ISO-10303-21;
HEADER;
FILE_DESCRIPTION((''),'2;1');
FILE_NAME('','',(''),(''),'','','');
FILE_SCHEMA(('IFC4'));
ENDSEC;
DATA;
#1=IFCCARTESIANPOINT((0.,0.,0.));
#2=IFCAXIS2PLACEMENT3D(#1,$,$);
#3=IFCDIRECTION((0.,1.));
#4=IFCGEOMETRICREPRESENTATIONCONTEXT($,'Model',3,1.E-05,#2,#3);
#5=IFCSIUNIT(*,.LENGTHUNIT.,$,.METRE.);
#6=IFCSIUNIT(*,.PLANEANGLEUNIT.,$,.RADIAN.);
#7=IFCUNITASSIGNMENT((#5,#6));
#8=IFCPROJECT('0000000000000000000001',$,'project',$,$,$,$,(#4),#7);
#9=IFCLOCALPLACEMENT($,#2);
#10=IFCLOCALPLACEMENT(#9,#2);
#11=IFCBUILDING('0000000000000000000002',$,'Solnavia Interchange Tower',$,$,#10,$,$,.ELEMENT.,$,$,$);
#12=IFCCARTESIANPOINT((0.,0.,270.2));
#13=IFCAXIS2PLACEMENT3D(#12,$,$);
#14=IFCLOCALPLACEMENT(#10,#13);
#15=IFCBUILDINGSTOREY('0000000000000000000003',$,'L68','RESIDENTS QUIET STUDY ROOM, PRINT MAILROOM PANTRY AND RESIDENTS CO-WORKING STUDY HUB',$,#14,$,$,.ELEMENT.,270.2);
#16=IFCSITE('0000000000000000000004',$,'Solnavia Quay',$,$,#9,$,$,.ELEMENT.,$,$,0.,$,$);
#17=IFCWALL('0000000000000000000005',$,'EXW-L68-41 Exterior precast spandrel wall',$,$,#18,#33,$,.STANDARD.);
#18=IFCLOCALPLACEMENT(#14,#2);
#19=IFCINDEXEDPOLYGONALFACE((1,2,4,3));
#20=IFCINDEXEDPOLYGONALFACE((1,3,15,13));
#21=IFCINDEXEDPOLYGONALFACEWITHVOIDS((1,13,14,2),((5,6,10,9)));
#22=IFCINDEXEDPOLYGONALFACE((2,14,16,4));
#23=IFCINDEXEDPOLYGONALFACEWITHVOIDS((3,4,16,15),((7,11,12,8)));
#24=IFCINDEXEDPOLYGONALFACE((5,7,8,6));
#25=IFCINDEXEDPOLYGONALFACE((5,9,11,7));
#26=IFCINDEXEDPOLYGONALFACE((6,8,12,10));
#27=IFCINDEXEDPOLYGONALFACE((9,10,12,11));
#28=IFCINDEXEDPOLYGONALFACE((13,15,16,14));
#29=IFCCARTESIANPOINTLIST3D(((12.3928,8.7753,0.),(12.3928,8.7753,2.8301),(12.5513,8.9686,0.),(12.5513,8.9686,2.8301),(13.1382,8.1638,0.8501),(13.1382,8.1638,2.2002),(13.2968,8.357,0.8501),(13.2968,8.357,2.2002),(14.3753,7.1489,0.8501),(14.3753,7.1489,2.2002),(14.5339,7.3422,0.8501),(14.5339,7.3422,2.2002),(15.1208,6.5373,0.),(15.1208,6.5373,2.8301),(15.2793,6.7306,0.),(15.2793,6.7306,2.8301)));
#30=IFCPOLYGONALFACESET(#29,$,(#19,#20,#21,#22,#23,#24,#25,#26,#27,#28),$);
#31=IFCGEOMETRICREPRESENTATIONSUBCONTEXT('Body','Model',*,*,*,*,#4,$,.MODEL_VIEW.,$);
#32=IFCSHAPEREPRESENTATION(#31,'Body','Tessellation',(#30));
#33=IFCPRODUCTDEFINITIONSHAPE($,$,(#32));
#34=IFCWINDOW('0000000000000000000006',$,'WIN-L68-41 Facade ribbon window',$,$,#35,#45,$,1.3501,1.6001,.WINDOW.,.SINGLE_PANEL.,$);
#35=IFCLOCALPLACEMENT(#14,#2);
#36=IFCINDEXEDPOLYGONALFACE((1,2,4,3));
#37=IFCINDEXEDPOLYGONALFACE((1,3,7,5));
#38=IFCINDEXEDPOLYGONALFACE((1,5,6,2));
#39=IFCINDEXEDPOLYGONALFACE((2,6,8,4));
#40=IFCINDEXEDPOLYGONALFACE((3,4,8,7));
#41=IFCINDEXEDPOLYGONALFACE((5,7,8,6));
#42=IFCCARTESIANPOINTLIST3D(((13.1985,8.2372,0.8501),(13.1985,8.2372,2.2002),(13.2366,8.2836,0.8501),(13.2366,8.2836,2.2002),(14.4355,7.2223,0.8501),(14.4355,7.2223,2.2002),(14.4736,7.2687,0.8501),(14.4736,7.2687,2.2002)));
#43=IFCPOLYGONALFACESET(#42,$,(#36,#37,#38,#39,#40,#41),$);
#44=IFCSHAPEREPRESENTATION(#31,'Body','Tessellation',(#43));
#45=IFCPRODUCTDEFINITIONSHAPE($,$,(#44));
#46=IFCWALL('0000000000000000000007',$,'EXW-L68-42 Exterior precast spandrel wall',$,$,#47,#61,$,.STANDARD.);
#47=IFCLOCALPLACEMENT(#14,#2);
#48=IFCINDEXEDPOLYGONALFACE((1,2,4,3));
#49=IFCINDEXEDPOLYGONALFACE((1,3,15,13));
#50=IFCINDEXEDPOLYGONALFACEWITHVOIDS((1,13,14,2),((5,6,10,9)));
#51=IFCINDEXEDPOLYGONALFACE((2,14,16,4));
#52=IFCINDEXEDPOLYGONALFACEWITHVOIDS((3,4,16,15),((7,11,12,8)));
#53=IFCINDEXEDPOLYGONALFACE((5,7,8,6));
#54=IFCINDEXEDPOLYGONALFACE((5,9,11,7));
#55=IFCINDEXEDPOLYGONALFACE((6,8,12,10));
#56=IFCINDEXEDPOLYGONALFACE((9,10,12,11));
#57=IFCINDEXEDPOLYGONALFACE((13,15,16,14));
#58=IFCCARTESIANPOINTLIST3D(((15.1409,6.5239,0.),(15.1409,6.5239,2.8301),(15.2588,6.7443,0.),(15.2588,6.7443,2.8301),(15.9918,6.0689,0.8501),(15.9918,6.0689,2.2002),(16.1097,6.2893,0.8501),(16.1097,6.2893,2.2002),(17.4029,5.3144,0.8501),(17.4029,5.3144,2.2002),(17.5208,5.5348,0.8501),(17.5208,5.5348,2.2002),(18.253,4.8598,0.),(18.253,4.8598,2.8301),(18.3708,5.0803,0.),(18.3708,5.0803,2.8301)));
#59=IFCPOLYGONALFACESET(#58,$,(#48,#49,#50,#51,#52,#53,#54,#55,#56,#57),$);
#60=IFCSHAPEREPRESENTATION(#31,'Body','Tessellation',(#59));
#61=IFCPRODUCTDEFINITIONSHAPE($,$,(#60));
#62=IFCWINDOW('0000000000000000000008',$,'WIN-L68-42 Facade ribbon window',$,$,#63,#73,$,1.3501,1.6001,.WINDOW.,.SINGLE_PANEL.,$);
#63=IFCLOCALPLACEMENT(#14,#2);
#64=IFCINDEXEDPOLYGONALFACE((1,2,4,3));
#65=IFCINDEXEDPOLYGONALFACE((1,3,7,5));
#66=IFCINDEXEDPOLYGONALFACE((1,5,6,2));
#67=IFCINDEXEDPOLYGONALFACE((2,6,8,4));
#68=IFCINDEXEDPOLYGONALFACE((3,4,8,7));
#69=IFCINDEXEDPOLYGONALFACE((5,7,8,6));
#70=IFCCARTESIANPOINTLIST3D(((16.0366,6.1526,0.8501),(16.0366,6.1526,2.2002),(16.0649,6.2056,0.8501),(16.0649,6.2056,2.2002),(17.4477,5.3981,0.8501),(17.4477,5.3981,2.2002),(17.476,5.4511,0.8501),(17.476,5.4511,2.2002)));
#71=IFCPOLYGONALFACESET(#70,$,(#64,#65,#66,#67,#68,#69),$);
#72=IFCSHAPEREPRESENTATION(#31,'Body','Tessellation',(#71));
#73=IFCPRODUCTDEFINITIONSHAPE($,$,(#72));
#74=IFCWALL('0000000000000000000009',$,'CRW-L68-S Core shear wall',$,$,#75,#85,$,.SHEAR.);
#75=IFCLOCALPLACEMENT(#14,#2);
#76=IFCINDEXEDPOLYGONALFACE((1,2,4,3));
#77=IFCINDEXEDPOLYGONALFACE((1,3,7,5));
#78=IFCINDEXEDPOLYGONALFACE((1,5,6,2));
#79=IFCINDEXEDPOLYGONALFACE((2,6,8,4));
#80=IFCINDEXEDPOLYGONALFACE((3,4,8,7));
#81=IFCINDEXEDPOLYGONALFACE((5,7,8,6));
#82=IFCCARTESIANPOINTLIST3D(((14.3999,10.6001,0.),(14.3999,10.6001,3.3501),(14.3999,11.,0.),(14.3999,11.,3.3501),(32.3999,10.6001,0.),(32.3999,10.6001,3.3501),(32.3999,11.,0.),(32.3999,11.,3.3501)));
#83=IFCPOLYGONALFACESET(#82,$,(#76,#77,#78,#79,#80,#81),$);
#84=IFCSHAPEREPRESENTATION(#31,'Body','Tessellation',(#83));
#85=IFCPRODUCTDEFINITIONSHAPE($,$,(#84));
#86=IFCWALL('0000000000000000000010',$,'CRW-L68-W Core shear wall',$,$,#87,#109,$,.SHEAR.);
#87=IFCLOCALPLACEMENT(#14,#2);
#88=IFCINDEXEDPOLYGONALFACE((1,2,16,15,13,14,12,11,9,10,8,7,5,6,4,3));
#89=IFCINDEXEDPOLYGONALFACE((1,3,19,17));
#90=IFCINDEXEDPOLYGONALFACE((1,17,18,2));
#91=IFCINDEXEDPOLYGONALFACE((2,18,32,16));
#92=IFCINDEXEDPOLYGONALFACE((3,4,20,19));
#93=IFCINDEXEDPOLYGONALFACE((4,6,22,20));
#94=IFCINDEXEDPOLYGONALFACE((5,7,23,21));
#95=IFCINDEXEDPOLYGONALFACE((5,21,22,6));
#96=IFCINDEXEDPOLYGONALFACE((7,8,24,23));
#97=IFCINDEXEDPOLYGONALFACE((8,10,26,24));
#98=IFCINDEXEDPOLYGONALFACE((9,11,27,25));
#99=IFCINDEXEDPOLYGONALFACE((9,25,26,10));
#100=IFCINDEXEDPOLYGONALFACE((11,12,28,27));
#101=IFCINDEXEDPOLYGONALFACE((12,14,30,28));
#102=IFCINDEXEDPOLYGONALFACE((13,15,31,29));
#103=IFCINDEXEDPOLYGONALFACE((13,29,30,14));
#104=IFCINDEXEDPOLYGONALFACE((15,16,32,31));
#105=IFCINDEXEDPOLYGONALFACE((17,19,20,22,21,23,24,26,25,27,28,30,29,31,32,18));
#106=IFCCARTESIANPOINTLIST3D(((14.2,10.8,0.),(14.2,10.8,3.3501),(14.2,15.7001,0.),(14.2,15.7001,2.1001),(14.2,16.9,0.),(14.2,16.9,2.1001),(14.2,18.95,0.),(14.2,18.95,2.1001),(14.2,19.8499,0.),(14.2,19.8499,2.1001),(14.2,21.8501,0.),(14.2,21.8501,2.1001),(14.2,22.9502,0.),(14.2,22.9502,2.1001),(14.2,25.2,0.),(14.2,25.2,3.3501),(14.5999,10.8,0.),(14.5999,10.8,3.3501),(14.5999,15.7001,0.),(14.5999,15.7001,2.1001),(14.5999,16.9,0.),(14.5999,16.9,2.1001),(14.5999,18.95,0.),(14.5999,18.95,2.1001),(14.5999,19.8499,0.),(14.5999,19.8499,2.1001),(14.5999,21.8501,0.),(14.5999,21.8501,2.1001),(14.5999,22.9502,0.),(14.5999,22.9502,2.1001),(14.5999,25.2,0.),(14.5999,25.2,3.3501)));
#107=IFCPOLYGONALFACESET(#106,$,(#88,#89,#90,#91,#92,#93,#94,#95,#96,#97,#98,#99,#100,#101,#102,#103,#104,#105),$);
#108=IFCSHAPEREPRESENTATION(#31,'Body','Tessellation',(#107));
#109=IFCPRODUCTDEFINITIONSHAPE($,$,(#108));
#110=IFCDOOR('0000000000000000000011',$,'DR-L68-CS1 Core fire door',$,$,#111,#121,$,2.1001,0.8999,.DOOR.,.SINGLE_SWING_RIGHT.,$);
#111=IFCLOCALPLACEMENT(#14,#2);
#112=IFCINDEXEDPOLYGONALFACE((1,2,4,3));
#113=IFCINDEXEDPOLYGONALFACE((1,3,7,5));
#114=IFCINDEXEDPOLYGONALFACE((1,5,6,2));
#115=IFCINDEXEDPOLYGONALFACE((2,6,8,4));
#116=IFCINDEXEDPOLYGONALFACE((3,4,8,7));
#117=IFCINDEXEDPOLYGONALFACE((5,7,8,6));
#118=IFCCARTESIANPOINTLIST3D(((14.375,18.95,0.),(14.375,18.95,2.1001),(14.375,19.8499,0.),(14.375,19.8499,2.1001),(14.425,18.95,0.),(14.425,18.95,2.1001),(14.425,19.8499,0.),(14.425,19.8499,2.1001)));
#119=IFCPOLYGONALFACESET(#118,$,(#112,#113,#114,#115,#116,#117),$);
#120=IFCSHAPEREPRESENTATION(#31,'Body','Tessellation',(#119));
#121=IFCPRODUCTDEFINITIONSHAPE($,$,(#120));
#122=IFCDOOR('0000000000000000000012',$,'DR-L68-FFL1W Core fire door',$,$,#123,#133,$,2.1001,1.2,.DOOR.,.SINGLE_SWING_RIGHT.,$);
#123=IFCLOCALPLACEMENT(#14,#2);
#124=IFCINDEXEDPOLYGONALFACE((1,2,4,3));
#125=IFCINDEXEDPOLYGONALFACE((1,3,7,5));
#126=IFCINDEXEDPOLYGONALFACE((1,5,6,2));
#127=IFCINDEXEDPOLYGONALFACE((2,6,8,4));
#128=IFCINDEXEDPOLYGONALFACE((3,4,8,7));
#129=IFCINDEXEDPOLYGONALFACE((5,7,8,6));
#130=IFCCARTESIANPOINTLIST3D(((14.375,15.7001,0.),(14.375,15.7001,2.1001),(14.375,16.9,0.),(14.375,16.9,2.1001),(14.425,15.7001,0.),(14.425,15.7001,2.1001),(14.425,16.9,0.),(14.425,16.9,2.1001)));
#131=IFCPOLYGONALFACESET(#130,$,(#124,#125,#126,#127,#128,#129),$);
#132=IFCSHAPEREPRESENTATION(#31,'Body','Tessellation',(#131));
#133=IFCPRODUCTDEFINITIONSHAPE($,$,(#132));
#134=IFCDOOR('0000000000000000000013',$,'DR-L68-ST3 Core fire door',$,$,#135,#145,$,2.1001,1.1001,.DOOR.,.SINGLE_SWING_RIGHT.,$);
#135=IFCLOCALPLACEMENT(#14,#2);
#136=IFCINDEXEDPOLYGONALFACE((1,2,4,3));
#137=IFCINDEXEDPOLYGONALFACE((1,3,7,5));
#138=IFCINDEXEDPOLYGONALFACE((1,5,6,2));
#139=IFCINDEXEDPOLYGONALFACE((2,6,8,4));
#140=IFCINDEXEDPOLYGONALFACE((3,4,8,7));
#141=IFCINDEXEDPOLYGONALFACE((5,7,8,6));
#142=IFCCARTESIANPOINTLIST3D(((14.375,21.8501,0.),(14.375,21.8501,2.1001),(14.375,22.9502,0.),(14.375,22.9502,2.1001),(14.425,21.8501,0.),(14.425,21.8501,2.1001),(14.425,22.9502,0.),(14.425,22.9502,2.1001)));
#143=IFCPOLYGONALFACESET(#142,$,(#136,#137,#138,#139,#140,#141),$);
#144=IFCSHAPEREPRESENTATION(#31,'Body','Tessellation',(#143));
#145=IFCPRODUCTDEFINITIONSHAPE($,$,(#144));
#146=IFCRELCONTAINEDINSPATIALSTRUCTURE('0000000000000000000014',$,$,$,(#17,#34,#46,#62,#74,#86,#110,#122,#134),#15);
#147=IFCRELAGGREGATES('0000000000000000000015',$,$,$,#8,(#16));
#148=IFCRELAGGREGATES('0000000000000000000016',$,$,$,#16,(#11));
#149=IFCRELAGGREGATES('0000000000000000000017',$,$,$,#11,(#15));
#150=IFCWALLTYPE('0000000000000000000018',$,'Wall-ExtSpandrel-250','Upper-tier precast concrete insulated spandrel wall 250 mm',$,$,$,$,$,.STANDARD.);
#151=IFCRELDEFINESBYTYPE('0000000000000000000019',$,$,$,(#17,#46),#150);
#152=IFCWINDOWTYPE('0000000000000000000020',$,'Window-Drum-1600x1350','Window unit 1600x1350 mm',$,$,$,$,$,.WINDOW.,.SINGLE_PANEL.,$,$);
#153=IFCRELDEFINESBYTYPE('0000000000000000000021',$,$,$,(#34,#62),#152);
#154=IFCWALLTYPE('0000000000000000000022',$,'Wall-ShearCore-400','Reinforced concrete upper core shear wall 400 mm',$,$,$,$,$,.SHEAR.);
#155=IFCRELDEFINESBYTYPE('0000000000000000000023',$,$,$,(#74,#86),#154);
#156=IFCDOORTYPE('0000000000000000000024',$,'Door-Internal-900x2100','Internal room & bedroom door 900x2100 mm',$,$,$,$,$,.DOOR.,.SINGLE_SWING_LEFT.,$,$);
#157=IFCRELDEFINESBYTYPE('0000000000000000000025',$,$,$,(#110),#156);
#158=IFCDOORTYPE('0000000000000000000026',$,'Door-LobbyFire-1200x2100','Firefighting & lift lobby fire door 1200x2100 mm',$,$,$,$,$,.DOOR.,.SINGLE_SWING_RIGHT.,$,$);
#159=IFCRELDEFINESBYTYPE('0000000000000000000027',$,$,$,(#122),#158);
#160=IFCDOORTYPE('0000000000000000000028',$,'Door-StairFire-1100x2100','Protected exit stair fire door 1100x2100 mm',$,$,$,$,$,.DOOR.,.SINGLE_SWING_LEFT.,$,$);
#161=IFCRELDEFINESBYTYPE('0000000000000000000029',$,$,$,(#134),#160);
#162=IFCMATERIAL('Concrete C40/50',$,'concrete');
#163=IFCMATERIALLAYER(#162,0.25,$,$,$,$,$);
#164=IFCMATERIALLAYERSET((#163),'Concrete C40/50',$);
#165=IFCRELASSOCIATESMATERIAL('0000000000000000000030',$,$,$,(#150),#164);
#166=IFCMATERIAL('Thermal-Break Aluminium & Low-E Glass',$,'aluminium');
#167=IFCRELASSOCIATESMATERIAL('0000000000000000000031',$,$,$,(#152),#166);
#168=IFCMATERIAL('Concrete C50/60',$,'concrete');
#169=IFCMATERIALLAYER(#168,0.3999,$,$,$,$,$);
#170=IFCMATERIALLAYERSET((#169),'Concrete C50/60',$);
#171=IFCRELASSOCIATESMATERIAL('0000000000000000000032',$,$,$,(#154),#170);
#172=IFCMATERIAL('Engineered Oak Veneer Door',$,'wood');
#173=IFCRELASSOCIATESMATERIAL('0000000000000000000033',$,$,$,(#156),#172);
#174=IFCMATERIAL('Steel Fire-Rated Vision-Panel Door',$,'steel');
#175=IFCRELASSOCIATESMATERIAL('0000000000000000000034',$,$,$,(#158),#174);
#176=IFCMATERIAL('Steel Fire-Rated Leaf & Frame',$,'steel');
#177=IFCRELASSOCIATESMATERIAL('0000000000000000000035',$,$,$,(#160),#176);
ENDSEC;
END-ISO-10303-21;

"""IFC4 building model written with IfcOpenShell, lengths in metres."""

from ifc_helpers import new_model, si_unit, direction, frame, frame_2d, origin, place, context, subcontext, project, spatial, rectangle, extrude, material, layer, layer_set, type_object, element, fill, save


model = new_model("IFC4")

# Units and contexts
model_context = context("Model", 3, precision=1e-05, world=origin(), true_north=direction((0.0, 1.0)))
body_context = subcontext(model_context, "Body", "Model", "MODEL_VIEW")
ifc_project = project(units=[si_unit("LENGTHUNIT", "METRE"), si_unit("PLANEANGLEUNIT", "RADIAN")], contexts=[model_context])

# Site, building, storey
site_placement = place(None, origin())
site = spatial("IfcSite", under=ifc_project, at=site_placement, Name="Solnavia Quay", CompositionType="ELEMENT", RefElevation=0.0)
building_placement = place(site_placement, origin())
building = spatial("IfcBuilding", under=site, at=building_placement, Name="Solnavia Interchange Tower", CompositionType="ELEMENT")
storey_placement = place(building_placement, frame((0.0, 0.0, 270.2)))
storey = spatial("IfcBuildingStorey", under=building, at=storey_placement, Name="L68", Description="RESIDENTS QUIET STUDY ROOM, PRINT MAILROOM PANTRY AND RESIDENTS CO-WORKING STUDY HUB", CompositionType="ELEMENT", Elevation=270.2)

# Shared definitions
ifc_material_1 = material(Name="Concrete C50/60", Category="concrete")

# Walls, openings, windows
ifc_material_2 = material(Name="Concrete C40/50", Category="concrete")
ifc_layer_1 = layer(ifc_material_2, 0.25)
ifc_layer_set_1 = layer_set([ifc_layer_1], Name="Concrete C40/50")
wall_type_1 = type_object("IfcWallType", Name="Wall-ExtSpandrel-250", Description="Upper-tier precast concrete insulated spandrel wall 250 mm", PredefinedType="STANDARD", material=ifc_layer_set_1)
wall_1_placement = place(storey_placement, frame((15.2, 6.634, 0.0), z_axis=(0.0, 0.0, 1.0), x_axis=(-0.773121, 0.634258, 0.0)))
wall_1 = element("IfcWall", 1, at=wall_1_placement, inside=storey, type_object=wall_type_1, Name="EXW-L68-41 Exterior precast spandrel wall", PredefinedType="STANDARD", context=body_context, shape_type="SweptSolid", body=[
    extrude(rectangle(XDim=3.5286, YDim=0.25, at=frame_2d((1.7642, 0.0))), origin(), (0.0, 0.0, 1.0), 2.8301),
])
opening_1_placement = place(wall_1_placement, frame((0.9641, 0.0, 0.8501)))
opening_1 = element("IfcOpeningElement", 2, at=opening_1_placement, cuts=wall_1, PredefinedType="OPENING", context=body_context, shape_type="SweptSolid", body=[
    extrude(rectangle(XDim=1.6001, YDim=1.3501, at=frame_2d((0.8, 0.675))), frame((0.0, 0.135, 0.0), z_axis=(0.0, -1.0, 0.0), x_axis=(1.0, 0.0, 0.0)), (0.0, 0.0, 1.0), 0.27),
])
ifc_material_3 = material(Name="Thermal-Break Aluminium & Low-E Glass", Category="aluminium")
window_type = type_object("IfcWindowType", Name="Window-Drum-1600x1350", Description="Window unit 1600x1350 mm", PartitioningType="SINGLE_PANEL", PredefinedType="WINDOW", material=ifc_material_3)
window_1_placement = place(opening_1_placement, origin())
window_1 = element("IfcWindow", 3, at=window_1_placement, inside=storey, type_object=window_type, Name="WIN-L68-41 Facade ribbon window", OverallHeight=1.3501, OverallWidth=1.6001, PartitioningType="SINGLE_PANEL", PredefinedType="WINDOW", context=body_context, shape_type="SweptSolid", body=[
    extrude(rectangle(XDim=1.6001, YDim=1.3501, at=frame_2d((0.8, 0.675))), frame((0.0, 0.03, 0.0), z_axis=(0.0, -1.0, 0.0), x_axis=(1.0, 0.0, 0.0)), (0.0, 0.0, 1.0), 0.0601),
])
fill(opening_1, window_1)
wall_2_placement = place(storey_placement, frame((18.312, 4.97, 0.0), z_axis=(0.0, 0.0, 1.0), x_axis=(-0.881847, 0.471536, 0.0)))
wall_2 = element("IfcWall", 4, at=wall_2_placement, inside=storey, type_object=wall_type_1, Name="EXW-L68-42 Exterior precast spandrel wall", PredefinedType="STANDARD", context=body_context, shape_type="SweptSolid", body=[
    extrude(rectangle(XDim=3.5291, YDim=0.25, at=frame_2d((1.7646, 0.0))), origin(), (0.0, 0.0, 1.0), 2.8301),
])
opening_2_placement = place(wall_2_placement, frame((0.9641, 0.0, 0.8501)))
opening_2 = element("IfcOpeningElement", 5, at=opening_2_placement, cuts=wall_2, PredefinedType="OPENING", context=body_context, shape_type="SweptSolid", body=[
    extrude(rectangle(XDim=1.6001, YDim=1.3501, at=frame_2d((0.8, 0.675))), frame((0.0, 0.135, 0.0), z_axis=(0.0, -1.0, 0.0), x_axis=(1.0, 0.0, 0.0)), (0.0, 0.0, 1.0), 0.27),
])
window_2_placement = place(opening_2_placement, origin())
window_2 = element("IfcWindow", 6, at=window_2_placement, inside=storey, type_object=window_type, Name="WIN-L68-42 Facade ribbon window", OverallHeight=1.3501, OverallWidth=1.6001, PartitioningType="SINGLE_PANEL", PredefinedType="WINDOW", context=body_context, shape_type="SweptSolid", body=[
    extrude(rectangle(XDim=1.6001, YDim=1.3501, at=frame_2d((0.8, 0.675))), frame((0.0, 0.03, 0.0), z_axis=(0.0, -1.0, 0.0), x_axis=(1.0, 0.0, 0.0)), (0.0, 0.0, 1.0), 0.0601),
])
fill(opening_2, window_2)

# Wall
ifc_layer_2 = layer(ifc_material_1, 0.3999)
ifc_layer_set_2 = layer_set([ifc_layer_2], Name="Concrete C50/60")
wall_type_2 = type_object("IfcWallType", Name="Wall-ShearCore-400", Description="Reinforced concrete upper core shear wall 400 mm", PredefinedType="SHEAR", material=ifc_layer_set_2)
wall_3_placement = place(storey_placement, frame((14.3999, 10.8, 0.0), z_axis=(0.0, 0.0, 1.0), x_axis=(1.0, 0.0, 0.0)))
element("IfcWall", 7, at=wall_3_placement, inside=storey, type_object=wall_type_2, Name="CRW-L68-S Core shear wall", PredefinedType="SHEAR", context=body_context, shape_type="SweptSolid", body=[
    extrude(rectangle(XDim=18.0, YDim=0.3999, at=frame_2d((9.0, 0.0))), origin(), (0.0, 0.0, 1.0), 3.3501),
])

# Wall, openings, doors
wall_4_placement = place(storey_placement, frame((14.3999, 10.8, 0.0), z_axis=(0.0, 0.0, 1.0), x_axis=(0.0, 1.0, 0.0)))
wall_4 = element("IfcWall", 8, at=wall_4_placement, inside=storey, type_object=wall_type_2, Name="CRW-L68-W Core shear wall", PredefinedType="SHEAR", context=body_context, shape_type="SweptSolid", body=[
    extrude(rectangle(XDim=14.3999, YDim=0.3999, at=frame_2d((7.2, 0.0))), origin(), (0.0, 0.0, 1.0), 3.3501),
])
opening_3_placement = place(wall_4_placement, frame((11.05, 0.0, 0.0)))
opening_3 = element("IfcOpeningElement", 9, at=opening_3_placement, cuts=wall_4, PredefinedType="OPENING", context=body_context, shape_type="SweptSolid", body=[
    extrude(rectangle(XDim=1.1001, YDim=2.1001, at=frame_2d((0.55, 1.05))), frame((0.0, 0.21, 0.0), z_axis=(0.0, -1.0, 0.0), x_axis=(1.0, 0.0, 0.0)), (0.0, 0.0, 1.0), 0.4199),
])
opening_4_placement = place(wall_4_placement, frame((4.8999, 0.0, 0.0)))
opening_4 = element("IfcOpeningElement", 10, at=opening_4_placement, cuts=wall_4, PredefinedType="OPENING", context=body_context, shape_type="SweptSolid", body=[
    extrude(rectangle(XDim=1.2, YDim=2.1001, at=frame_2d((0.6001, 1.05))), frame((0.0, 0.21, 0.0), z_axis=(0.0, -1.0, 0.0), x_axis=(1.0, 0.0, 0.0)), (0.0, 0.0, 1.0), 0.4199),
])
opening_5_placement = place(wall_4_placement, frame((8.1499, 0.0, 0.0)))
opening_5 = element("IfcOpeningElement", 11, at=opening_5_placement, cuts=wall_4, PredefinedType="OPENING", context=body_context, shape_type="SweptSolid", body=[
    extrude(rectangle(XDim=0.8999, YDim=2.1001, at=frame_2d((0.45, 1.05))), frame((0.0, 0.21, 0.0), z_axis=(0.0, -1.0, 0.0), x_axis=(1.0, 0.0, 0.0)), (0.0, 0.0, 1.0), 0.4199),
])
ifc_material_4 = material(Name="Engineered Oak Veneer Door", Category="wood")
door_type_1 = type_object("IfcDoorType", Name="Door-Internal-900x2100", Description="Internal room & bedroom door 900x2100 mm", OperationType="SINGLE_SWING_LEFT", PredefinedType="DOOR", material=ifc_material_4)
door_1_placement = place(opening_5_placement, origin())
door_1 = element("IfcDoor", 12, at=door_1_placement, inside=storey, type_object=door_type_1, Name="DR-L68-CS1 Core fire door", OperationType="SINGLE_SWING_RIGHT", OverallHeight=2.1001, OverallWidth=0.8999, PredefinedType="DOOR", context=body_context, shape_type="SweptSolid", body=[
    extrude(rectangle(XDim=0.8999, YDim=2.1001, at=frame_2d((0.45, 1.05))), frame((0.0, 0.0249, 0.0), z_axis=(0.0, -1.0, 0.0), x_axis=(1.0, 0.0, 0.0)), (0.0, 0.0, 1.0), 0.05),
])
fill(opening_5, door_1)
ifc_material_5 = material(Name="Steel Fire-Rated Vision-Panel Door", Category="steel")
door_type_2 = type_object("IfcDoorType", Name="Door-LobbyFire-1200x2100", Description="Firefighting & lift lobby fire door 1200x2100 mm", OperationType="SINGLE_SWING_RIGHT", PredefinedType="DOOR", material=ifc_material_5)
door_2_placement = place(opening_4_placement, origin())
door_2 = element("IfcDoor", 13, at=door_2_placement, inside=storey, type_object=door_type_2, Name="DR-L68-FFL1W Core fire door", OperationType="SINGLE_SWING_RIGHT", OverallHeight=2.1001, OverallWidth=1.2, PredefinedType="DOOR", context=body_context, shape_type="SweptSolid", body=[
    extrude(rectangle(XDim=1.2, YDim=2.1001, at=frame_2d((0.6001, 1.05))), frame((0.0, 0.0249, 0.0), z_axis=(0.0, -1.0, 0.0), x_axis=(1.0, 0.0, 0.0)), (0.0, 0.0, 1.0), 0.05),
])
fill(opening_4, door_2)
ifc_material_6 = material(Name="Steel Fire-Rated Leaf & Frame", Category="steel")
door_type_3 = type_object("IfcDoorType", Name="Door-StairFire-1100x2100", Description="Protected exit stair fire door 1100x2100 mm", OperationType="SINGLE_SWING_LEFT", PredefinedType="DOOR", material=ifc_material_6)
door_3_placement = place(opening_3_placement, origin())
door_3 = element("IfcDoor", 14, at=door_3_placement, inside=storey, type_object=door_type_3, Name="DR-L68-ST3 Core fire door", OperationType="SINGLE_SWING_RIGHT", OverallHeight=2.1001, OverallWidth=1.1001, PredefinedType="DOOR", context=body_context, shape_type="SweptSolid", body=[
    extrude(rectangle(XDim=1.1001, YDim=2.1001, at=frame_2d((0.55, 1.05))), frame((0.0, 0.0249, 0.0), z_axis=(0.0, -1.0, 0.0), x_axis=(1.0, 0.0, 0.0)), (0.0, 0.0, 1.0), 0.05),
])
fill(opening_3, door_3)

save(model, "model.ifc")
